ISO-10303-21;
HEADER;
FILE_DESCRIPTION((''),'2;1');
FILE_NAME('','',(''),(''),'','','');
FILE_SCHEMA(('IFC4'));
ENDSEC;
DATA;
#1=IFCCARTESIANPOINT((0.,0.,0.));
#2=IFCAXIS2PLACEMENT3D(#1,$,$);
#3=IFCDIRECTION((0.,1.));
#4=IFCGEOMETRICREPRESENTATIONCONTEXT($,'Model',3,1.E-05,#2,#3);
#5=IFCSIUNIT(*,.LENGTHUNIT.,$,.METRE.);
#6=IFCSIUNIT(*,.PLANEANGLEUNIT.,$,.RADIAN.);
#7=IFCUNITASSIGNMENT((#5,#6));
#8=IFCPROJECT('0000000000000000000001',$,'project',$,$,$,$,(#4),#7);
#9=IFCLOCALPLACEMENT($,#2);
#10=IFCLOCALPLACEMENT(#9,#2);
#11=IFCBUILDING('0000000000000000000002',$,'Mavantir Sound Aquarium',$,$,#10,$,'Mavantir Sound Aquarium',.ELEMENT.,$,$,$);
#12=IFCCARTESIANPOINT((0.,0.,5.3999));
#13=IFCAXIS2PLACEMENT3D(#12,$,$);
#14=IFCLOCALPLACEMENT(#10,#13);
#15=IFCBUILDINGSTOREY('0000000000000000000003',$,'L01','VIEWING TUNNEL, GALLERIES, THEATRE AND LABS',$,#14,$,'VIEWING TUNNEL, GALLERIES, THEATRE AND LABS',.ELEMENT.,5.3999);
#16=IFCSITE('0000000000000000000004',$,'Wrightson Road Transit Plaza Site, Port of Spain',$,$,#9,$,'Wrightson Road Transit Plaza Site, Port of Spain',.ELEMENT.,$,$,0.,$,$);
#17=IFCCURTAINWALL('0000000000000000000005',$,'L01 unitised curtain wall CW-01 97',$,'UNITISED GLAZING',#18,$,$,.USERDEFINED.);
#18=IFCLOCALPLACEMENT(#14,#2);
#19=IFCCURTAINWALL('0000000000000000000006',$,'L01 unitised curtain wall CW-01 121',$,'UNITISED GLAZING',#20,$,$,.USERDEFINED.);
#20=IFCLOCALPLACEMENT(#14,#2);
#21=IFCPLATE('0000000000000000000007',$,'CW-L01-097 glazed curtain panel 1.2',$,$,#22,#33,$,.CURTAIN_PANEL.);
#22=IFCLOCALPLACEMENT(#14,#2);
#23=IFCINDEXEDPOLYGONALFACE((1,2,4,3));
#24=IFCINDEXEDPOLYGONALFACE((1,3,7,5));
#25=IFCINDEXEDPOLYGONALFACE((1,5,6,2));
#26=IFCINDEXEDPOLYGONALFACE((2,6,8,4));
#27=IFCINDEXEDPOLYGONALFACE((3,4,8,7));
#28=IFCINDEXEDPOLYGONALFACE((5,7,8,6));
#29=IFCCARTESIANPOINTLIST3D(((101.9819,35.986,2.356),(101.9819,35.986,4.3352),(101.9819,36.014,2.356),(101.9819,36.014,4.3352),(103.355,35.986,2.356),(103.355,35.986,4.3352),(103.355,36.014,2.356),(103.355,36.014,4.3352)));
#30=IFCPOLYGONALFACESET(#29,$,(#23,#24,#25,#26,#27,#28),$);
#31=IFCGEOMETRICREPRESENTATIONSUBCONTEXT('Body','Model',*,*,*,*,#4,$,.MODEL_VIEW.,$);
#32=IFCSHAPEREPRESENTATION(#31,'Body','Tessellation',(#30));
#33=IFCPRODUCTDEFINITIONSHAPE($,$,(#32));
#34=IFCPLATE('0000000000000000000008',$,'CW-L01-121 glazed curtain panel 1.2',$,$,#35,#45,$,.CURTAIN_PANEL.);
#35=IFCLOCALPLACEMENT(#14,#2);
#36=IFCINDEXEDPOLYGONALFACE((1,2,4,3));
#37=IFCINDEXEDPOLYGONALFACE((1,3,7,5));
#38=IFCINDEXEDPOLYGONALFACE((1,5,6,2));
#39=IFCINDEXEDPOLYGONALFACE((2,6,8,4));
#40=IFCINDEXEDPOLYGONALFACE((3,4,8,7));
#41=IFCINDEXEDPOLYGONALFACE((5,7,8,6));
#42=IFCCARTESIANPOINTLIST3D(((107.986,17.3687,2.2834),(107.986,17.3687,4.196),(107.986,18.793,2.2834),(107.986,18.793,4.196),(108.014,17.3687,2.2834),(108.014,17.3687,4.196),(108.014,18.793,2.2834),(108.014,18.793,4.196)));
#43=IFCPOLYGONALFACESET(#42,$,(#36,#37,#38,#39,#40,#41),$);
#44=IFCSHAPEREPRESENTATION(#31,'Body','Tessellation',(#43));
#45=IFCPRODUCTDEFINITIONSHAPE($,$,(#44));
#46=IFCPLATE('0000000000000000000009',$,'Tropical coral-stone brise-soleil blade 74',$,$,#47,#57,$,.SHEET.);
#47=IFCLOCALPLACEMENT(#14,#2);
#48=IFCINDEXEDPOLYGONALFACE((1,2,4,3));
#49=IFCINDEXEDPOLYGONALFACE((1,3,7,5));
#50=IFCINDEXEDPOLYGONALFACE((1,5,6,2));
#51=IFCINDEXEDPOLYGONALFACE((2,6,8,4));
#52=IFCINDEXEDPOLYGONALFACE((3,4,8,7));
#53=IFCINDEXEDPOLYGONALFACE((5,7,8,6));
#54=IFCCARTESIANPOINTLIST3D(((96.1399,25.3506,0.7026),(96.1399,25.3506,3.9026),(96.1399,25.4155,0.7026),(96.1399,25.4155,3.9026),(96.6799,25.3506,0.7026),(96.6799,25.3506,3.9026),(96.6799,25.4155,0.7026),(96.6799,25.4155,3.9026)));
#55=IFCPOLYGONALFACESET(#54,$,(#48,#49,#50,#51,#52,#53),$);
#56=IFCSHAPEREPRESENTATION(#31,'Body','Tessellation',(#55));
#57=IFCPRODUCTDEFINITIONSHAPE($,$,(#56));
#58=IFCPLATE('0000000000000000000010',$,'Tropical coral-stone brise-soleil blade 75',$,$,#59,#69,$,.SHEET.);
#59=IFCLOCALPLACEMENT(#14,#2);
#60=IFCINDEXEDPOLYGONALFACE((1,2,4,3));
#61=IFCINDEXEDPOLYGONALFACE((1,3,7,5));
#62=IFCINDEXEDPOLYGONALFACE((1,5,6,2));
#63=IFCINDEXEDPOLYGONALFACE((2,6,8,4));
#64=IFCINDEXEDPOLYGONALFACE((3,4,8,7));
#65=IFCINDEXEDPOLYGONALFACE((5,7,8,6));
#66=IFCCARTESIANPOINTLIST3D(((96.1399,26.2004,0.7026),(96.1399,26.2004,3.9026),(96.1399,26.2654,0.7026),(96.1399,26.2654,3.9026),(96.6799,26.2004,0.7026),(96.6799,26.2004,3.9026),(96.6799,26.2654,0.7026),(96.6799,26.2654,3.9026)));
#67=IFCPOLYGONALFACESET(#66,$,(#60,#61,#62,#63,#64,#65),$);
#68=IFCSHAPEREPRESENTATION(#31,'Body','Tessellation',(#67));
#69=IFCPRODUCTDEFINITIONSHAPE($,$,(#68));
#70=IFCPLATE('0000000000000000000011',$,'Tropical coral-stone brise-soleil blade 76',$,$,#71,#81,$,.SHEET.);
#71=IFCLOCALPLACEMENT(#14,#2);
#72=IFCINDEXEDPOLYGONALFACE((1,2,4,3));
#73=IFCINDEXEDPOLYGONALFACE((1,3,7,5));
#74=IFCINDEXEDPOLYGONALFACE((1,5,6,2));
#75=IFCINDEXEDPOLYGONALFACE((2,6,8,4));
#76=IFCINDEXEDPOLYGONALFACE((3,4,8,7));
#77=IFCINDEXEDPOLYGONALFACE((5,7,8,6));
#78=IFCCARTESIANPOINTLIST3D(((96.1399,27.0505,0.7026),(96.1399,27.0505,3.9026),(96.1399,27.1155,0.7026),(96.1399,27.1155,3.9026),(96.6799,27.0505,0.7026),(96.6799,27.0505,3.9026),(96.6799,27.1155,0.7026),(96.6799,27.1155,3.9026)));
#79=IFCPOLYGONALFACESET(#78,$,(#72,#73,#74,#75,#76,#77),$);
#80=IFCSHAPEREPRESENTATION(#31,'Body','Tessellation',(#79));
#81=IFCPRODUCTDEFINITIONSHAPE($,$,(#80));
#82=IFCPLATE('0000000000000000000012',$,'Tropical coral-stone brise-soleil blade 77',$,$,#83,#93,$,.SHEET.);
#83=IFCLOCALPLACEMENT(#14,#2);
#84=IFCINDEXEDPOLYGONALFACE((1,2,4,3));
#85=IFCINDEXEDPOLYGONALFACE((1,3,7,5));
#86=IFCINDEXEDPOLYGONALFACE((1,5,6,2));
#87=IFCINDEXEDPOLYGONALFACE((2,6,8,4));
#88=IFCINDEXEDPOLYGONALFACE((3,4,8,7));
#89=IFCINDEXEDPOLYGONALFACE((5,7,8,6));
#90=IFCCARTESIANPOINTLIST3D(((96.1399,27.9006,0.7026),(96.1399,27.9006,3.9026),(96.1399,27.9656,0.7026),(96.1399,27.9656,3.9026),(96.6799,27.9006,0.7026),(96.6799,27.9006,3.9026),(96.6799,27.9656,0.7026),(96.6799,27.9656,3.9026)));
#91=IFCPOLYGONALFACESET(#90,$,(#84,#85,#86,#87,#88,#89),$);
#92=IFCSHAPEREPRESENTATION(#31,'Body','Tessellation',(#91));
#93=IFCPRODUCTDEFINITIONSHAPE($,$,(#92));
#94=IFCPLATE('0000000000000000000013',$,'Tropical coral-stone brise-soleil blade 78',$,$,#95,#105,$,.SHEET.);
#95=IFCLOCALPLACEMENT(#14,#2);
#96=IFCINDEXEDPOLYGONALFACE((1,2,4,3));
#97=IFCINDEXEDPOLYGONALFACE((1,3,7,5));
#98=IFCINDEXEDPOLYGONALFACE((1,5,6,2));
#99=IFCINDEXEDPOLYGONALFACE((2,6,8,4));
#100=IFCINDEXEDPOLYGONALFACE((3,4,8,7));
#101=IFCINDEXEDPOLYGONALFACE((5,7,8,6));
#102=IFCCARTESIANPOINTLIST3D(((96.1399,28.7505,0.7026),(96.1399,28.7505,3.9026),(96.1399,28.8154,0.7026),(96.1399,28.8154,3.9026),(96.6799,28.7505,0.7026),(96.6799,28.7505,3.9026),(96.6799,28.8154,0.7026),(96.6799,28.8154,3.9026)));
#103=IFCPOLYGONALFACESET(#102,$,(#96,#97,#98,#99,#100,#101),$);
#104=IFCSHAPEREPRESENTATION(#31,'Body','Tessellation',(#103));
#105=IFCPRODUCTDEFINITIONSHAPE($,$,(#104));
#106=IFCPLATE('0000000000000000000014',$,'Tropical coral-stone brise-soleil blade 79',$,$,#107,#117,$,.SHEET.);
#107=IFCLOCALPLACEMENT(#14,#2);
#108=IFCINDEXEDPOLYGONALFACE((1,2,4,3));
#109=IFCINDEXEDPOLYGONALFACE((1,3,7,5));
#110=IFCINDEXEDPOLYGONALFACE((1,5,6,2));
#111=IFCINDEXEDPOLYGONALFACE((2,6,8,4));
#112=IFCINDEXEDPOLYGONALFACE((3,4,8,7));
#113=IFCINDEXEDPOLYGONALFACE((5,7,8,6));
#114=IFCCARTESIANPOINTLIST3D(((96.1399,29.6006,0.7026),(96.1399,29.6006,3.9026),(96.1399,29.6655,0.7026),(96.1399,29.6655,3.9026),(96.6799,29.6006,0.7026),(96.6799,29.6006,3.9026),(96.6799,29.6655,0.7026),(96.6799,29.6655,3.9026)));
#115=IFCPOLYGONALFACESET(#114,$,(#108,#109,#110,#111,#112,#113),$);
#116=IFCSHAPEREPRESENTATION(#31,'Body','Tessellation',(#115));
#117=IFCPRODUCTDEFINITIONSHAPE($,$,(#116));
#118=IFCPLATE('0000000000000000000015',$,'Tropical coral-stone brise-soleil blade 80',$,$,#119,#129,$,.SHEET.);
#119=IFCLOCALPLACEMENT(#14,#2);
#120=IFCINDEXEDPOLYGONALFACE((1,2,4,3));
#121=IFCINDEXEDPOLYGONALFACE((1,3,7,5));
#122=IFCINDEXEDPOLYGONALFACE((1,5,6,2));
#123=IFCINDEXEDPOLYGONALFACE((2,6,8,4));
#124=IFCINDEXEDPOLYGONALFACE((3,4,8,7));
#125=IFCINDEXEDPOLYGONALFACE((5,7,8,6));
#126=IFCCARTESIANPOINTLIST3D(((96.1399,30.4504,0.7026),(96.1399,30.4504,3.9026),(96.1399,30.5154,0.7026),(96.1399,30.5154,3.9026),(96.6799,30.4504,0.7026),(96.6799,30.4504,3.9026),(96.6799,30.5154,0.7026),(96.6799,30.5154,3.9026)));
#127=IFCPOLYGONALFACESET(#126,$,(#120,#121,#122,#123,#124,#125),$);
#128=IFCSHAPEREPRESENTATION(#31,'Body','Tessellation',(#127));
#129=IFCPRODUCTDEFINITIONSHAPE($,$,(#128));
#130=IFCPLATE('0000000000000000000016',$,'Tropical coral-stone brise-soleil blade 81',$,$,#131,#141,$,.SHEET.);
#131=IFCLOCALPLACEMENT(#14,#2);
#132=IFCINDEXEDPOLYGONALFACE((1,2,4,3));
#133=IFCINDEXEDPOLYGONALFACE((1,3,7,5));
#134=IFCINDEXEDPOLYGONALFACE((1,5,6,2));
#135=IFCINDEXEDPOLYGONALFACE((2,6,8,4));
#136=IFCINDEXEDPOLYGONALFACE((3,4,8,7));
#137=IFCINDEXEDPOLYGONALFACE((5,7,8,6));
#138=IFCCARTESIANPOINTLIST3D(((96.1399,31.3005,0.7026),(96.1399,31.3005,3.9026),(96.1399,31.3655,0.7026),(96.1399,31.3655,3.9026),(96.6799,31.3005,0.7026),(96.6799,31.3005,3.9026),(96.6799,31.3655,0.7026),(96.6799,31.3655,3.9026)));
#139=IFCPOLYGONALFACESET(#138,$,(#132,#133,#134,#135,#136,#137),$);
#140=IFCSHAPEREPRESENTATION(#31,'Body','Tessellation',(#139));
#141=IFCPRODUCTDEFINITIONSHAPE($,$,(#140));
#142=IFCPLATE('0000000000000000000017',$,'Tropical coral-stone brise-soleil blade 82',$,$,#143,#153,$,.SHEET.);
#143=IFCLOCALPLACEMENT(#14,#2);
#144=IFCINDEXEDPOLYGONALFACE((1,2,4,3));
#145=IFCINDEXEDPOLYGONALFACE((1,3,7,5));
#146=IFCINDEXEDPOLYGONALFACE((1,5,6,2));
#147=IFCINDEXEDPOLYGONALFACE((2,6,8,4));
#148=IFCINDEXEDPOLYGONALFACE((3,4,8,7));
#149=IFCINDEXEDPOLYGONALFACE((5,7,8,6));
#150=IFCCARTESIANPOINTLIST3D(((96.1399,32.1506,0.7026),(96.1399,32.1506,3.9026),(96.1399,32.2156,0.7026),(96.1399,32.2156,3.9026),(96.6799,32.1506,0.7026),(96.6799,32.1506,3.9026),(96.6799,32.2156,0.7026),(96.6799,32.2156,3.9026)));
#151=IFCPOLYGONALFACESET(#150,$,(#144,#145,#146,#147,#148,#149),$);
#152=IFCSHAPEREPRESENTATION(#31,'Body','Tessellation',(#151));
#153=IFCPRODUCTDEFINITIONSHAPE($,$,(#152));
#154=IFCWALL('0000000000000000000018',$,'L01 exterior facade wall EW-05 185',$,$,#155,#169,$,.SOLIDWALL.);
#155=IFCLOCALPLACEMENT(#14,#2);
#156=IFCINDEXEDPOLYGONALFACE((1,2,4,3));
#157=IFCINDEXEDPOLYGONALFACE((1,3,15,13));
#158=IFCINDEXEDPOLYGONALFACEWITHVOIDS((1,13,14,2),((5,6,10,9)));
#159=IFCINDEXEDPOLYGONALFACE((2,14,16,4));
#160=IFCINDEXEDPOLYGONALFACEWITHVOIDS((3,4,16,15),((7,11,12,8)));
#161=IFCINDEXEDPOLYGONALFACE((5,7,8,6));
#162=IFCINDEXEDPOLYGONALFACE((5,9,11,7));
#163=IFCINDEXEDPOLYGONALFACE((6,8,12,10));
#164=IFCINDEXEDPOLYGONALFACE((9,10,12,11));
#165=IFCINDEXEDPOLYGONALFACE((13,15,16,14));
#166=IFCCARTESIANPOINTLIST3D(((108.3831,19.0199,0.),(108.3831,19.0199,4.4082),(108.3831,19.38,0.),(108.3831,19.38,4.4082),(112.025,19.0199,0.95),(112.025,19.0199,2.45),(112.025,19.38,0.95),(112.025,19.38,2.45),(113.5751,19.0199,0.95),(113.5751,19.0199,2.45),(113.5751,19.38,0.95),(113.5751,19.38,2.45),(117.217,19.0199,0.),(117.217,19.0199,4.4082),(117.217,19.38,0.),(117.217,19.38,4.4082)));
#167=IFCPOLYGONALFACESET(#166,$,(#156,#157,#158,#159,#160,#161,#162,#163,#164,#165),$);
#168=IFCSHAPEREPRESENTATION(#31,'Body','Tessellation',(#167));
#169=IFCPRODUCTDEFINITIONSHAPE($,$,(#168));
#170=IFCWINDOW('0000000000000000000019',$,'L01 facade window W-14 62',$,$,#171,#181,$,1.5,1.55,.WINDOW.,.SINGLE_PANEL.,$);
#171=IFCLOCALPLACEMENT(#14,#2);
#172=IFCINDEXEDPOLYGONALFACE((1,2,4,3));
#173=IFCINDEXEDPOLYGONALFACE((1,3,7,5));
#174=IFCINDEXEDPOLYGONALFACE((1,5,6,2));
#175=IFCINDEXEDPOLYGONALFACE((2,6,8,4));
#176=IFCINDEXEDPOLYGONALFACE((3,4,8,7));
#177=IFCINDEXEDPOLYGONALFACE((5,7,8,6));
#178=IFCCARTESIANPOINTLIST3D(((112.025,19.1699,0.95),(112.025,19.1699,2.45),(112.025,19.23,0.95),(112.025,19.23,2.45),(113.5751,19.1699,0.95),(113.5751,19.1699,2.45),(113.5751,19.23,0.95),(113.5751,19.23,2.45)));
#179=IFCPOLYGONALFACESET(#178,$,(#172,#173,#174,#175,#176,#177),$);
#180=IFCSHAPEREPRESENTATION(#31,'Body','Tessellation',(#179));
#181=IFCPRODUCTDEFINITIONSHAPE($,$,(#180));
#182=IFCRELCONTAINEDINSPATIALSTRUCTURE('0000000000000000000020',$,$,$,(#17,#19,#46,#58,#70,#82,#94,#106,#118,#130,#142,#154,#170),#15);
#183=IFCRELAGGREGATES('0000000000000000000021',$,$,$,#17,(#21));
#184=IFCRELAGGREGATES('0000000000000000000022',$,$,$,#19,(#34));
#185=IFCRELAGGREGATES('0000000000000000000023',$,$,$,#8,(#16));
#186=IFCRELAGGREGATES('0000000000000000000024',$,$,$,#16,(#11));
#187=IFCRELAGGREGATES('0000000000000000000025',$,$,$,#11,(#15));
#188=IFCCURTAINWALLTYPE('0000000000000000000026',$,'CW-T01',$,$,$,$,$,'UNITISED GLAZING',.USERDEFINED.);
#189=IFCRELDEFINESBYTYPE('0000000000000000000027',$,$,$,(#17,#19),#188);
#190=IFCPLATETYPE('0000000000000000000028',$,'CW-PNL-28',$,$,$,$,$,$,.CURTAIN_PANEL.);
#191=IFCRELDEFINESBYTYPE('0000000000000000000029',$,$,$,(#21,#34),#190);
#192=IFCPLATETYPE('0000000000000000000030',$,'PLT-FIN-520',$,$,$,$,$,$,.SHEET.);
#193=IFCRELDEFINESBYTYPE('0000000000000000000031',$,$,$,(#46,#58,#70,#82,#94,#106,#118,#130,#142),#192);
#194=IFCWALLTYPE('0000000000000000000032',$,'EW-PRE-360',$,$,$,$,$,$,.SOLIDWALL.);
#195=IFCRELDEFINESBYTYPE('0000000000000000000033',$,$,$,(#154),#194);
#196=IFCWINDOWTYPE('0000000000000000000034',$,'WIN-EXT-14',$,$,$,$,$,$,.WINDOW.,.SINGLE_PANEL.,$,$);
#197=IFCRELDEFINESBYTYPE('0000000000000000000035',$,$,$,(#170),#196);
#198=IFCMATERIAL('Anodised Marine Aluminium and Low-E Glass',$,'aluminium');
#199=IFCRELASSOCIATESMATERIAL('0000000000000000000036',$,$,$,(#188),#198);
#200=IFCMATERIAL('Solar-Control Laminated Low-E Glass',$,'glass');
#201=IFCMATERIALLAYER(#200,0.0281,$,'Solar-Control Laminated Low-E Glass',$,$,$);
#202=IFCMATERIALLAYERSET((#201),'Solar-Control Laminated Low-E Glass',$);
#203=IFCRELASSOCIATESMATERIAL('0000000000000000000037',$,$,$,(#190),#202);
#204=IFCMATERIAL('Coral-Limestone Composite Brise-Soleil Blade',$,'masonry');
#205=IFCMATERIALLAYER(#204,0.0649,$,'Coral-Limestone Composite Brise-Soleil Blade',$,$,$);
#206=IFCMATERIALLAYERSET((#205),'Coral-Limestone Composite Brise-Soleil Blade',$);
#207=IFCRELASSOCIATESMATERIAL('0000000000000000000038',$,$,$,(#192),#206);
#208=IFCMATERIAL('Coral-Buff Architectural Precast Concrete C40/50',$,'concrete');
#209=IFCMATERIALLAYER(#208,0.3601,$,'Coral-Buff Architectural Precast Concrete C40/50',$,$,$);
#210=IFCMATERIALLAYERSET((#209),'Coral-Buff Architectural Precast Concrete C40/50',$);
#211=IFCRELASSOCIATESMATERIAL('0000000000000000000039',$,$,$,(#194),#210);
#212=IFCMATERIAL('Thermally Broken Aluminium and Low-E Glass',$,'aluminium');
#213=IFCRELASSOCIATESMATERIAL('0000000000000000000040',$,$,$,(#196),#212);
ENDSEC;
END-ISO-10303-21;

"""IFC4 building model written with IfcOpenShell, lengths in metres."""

from ifc_helpers import new_model, si_unit, direction, frame, frame_2d, origin, origin_2d, place, context, subcontext, project, spatial, rectangle, extrude, material, layer, layer_set, type_object, element, fill, aggregate, save


model = new_model("IFC4")

# Units and contexts
model_context = context("Model", 3, precision=1e-05, world=origin(), true_north=direction((0.0, 1.0)))
body_context = subcontext(model_context, "Body", "Model", "MODEL_VIEW")
ifc_project = project(units=[si_unit("LENGTHUNIT", "METRE"), si_unit("PLANEANGLEUNIT", "RADIAN")], contexts=[model_context])

# Site, building, storey
site_placement = place(None, origin())
site = spatial("IfcSite", under=ifc_project, at=site_placement, Name="Wrightson Road Transit Plaza Site, Port of Spain", LongName="Wrightson Road Transit Plaza Site, Port of Spain", CompositionType="ELEMENT", RefElevation=0.0)
building_placement = place(site_placement, origin())
building = spatial("IfcBuilding", under=site, at=building_placement, Name="Mavantir Sound Aquarium", LongName="Mavantir Sound Aquarium", CompositionType="ELEMENT")
storey_placement = place(building_placement, frame((0.0, 0.0, 5.3999)))
storey = spatial("IfcBuildingStorey", under=building, at=storey_placement, Name="L01", Description="VIEWING TUNNEL, GALLERIES, THEATRE AND LABS", LongName="VIEWING TUNNEL, GALLERIES, THEATRE AND LABS", CompositionType="ELEMENT", Elevation=5.3999)

# Curtain wall
ifc_material_1 = material(Name="Anodised Marine Aluminium and Low-E Glass", Category="aluminium")
curtain_wall_type = type_object("IfcCurtainWallType", Name="CW-T01", ElementType="UNITISED GLAZING", PredefinedType="USERDEFINED", material=ifc_material_1)
curtain_wall_1_placement = place(storey_placement, origin())
curtain_wall_1 = element("IfcCurtainWall", 1, at=curtain_wall_1_placement, inside=storey, type_object=curtain_wall_type, Name="L01 unitised curtain wall CW-01 97", ObjectType="UNITISED GLAZING", PredefinedType="USERDEFINED")

# Curtain wall
curtain_wall_2_placement = place(storey_placement, origin())
curtain_wall_2 = element("IfcCurtainWall", 2, at=curtain_wall_2_placement, inside=storey, type_object=curtain_wall_type, Name="L01 unitised curtain wall CW-01 121", ObjectType="UNITISED GLAZING", PredefinedType="USERDEFINED")

# Plates
ifc_material_2 = material(Name="Solar-Control Laminated Low-E Glass", Category="glass")
ifc_layer_1 = layer(ifc_material_2, 0.0281, Name="Solar-Control Laminated Low-E Glass")
ifc_layer_set_1 = layer_set([ifc_layer_1], Name="Solar-Control Laminated Low-E Glass")
plate_type_1 = type_object("IfcPlateType", Name="CW-PNL-28", PredefinedType="CURTAIN_PANEL", material=ifc_layer_set_1)
plate_1_placement = place(storey_placement, frame((102.6685, 36.0, 2.356), z_axis=(0.0, 0.0, 1.0), x_axis=(1.0, 0.0, 0.0)))
plate_1 = element("IfcPlate", 3, at=plate_1_placement, type_object=plate_type_1, Name="CW-L01-097 glazed curtain panel 1.2", PredefinedType="CURTAIN_PANEL", context=body_context, shape_type="SweptSolid", body=[
    extrude(rectangle(XDim=1.373, YDim=0.0281, at=origin_2d()), origin(), (0.0, 0.0, 1.0), 1.9792),
])
aggregate(curtain_wall_1, [plate_1])
plate_2_placement = place(storey_placement, frame((108.0, 18.0808, 2.2834), z_axis=(0.0, 0.0, 1.0), x_axis=(0.0, -1.0, 0.0)))
plate_2 = element("IfcPlate", 4, at=plate_2_placement, type_object=plate_type_1, Name="CW-L01-121 glazed curtain panel 1.2", PredefinedType="CURTAIN_PANEL", context=body_context, shape_type="SweptSolid", body=[
    extrude(rectangle(XDim=1.4243, YDim=0.0281, at=origin_2d()), origin(), (0.0, 0.0, 1.0), 1.9126),
])
aggregate(curtain_wall_2, [plate_2])

# Plates
ifc_material_3 = material(Name="Coral-Limestone Composite Brise-Soleil Blade", Category="masonry")
ifc_layer_2 = layer(ifc_material_3, 0.0649, Name="Coral-Limestone Composite Brise-Soleil Blade")
ifc_layer_set_2 = layer_set([ifc_layer_2], Name="Coral-Limestone Composite Brise-Soleil Blade")
plate_type_2 = type_object("IfcPlateType", Name="PLT-FIN-520", PredefinedType="SHEET", material=ifc_layer_set_2)
for number, where, z_axis, x_axis, name in (
    (5, (96.4099, 25.3831, 0.7026), (0.0, 0.0, 1.0), (0.0, -1.0, 0.0), "Tropical coral-stone brise-soleil blade 74"),
    (6, (96.4099, 26.2329, 0.7026), (0.0, 0.0, 1.0), (0.0, -1.0, 0.0), "Tropical coral-stone brise-soleil blade 75"),
    (7, (96.4099, 27.083, 0.7026), (0.0, 0.0, 1.0), (0.0, -1.0, 0.0), "Tropical coral-stone brise-soleil blade 76"),
    (8, (96.4099, 27.9331, 0.7026), (0.0, 0.0, 1.0), (0.0, -1.0, 0.0), "Tropical coral-stone brise-soleil blade 77"),
    (9, (96.4099, 28.783, 0.7026), (0.0, 0.0, 1.0), (0.0, -1.0, 0.0), "Tropical coral-stone brise-soleil blade 78"),
    (10, (96.4099, 29.6331, 0.7026), (0.0, 0.0, 1.0), (0.0, -1.0, 0.0), "Tropical coral-stone brise-soleil blade 79"),
    (11, (96.4099, 30.4829, 0.7026), (0.0, 0.0, 1.0), (0.0, -1.0, 0.0), "Tropical coral-stone brise-soleil blade 80"),
    (12, (96.4099, 31.333, 0.7026), (0.0, 0.0, 1.0), (0.0, -1.0, 0.0), "Tropical coral-stone brise-soleil blade 81"),
    (13, (96.4099, 32.1831, 0.7026), (0.0, 0.0, 1.0), (0.0, -1.0, 0.0), "Tropical coral-stone brise-soleil blade 82"),
):
    element("IfcPlate", number, at=place(storey_placement, frame(where, z_axis=z_axis, x_axis=x_axis)), inside=storey, type_object=plate_type_2, Name=name, PredefinedType="SHEET", context=body_context, shape_type="SweptSolid", body=[
        extrude(rectangle(XDim=0.0649, YDim=0.54, at=origin_2d()), origin(), (0.0, 0.0, 1.0), 3.2),
    ])

# Wall, opening, window
ifc_material_4 = material(Name="Coral-Buff Architectural Precast Concrete C40/50", Category="concrete")
ifc_layer_3 = layer(ifc_material_4, 0.3601, Name="Coral-Buff Architectural Precast Concrete C40/50")
ifc_layer_set_3 = layer_set([ifc_layer_3], Name="Coral-Buff Architectural Precast Concrete C40/50")
wall_type = type_object("IfcWallType", Name="EW-PRE-360", PredefinedType="SOLIDWALL", material=ifc_layer_set_3)
wall_placement = place(storey_placement, frame((117.217, 19.2, 0.0), z_axis=(0.0, 0.0, 1.0), x_axis=(-1.0, 0.0, 0.0)))
wall = element("IfcWall", 14, at=wall_placement, inside=storey, type_object=wall_type, Name="L01 exterior facade wall EW-05 185", PredefinedType="SOLIDWALL", context=body_context, shape_type="SweptSolid", body=[
    extrude(rectangle(XDim=8.834, YDim=0.3601, at=frame_2d((4.417, 0.0))), origin(), (0.0, 0.0, 1.0), 4.4082),
])
opening_placement = place(wall_placement, frame((3.6421, 0.0, 0.95)))
opening = element("IfcOpeningElement", 15, at=opening_placement, cuts=wall, PredefinedType="OPENING", context=body_context, shape_type="SweptSolid", body=[
    extrude(rectangle(XDim=1.55, YDim=1.5, at=frame_2d((0.7749, 0.75))), frame((0.0, 0.1899, 0.0), z_axis=(0.0, -1.0, 0.0), x_axis=(1.0, 0.0, 0.0)), (0.0, 0.0, 1.0), 0.3801),
])
ifc_material_5 = material(Name="Thermally Broken Aluminium and Low-E Glass", Category="aluminium")
window_type = type_object("IfcWindowType", Name="WIN-EXT-14", PartitioningType="SINGLE_PANEL", PredefinedType="WINDOW", material=ifc_material_5)
window_placement = place(opening_placement, origin())
window = element("IfcWindow", 16, at=window_placement, inside=storey, type_object=window_type, Name="L01 facade window W-14 62", OverallHeight=1.5, OverallWidth=1.55, PartitioningType="SINGLE_PANEL", PredefinedType="WINDOW", context=body_context, shape_type="SweptSolid", body=[
    extrude(rectangle(XDim=1.55, YDim=1.5, at=frame_2d((0.7749, 0.75))), frame((0.0, 0.03, 0.0), z_axis=(0.0, -1.0, 0.0), x_axis=(1.0, 0.0, 0.0)), (0.0, 0.0, 1.0), 0.0601),
])
fill(opening, window)

save(model, "model.ifc")
